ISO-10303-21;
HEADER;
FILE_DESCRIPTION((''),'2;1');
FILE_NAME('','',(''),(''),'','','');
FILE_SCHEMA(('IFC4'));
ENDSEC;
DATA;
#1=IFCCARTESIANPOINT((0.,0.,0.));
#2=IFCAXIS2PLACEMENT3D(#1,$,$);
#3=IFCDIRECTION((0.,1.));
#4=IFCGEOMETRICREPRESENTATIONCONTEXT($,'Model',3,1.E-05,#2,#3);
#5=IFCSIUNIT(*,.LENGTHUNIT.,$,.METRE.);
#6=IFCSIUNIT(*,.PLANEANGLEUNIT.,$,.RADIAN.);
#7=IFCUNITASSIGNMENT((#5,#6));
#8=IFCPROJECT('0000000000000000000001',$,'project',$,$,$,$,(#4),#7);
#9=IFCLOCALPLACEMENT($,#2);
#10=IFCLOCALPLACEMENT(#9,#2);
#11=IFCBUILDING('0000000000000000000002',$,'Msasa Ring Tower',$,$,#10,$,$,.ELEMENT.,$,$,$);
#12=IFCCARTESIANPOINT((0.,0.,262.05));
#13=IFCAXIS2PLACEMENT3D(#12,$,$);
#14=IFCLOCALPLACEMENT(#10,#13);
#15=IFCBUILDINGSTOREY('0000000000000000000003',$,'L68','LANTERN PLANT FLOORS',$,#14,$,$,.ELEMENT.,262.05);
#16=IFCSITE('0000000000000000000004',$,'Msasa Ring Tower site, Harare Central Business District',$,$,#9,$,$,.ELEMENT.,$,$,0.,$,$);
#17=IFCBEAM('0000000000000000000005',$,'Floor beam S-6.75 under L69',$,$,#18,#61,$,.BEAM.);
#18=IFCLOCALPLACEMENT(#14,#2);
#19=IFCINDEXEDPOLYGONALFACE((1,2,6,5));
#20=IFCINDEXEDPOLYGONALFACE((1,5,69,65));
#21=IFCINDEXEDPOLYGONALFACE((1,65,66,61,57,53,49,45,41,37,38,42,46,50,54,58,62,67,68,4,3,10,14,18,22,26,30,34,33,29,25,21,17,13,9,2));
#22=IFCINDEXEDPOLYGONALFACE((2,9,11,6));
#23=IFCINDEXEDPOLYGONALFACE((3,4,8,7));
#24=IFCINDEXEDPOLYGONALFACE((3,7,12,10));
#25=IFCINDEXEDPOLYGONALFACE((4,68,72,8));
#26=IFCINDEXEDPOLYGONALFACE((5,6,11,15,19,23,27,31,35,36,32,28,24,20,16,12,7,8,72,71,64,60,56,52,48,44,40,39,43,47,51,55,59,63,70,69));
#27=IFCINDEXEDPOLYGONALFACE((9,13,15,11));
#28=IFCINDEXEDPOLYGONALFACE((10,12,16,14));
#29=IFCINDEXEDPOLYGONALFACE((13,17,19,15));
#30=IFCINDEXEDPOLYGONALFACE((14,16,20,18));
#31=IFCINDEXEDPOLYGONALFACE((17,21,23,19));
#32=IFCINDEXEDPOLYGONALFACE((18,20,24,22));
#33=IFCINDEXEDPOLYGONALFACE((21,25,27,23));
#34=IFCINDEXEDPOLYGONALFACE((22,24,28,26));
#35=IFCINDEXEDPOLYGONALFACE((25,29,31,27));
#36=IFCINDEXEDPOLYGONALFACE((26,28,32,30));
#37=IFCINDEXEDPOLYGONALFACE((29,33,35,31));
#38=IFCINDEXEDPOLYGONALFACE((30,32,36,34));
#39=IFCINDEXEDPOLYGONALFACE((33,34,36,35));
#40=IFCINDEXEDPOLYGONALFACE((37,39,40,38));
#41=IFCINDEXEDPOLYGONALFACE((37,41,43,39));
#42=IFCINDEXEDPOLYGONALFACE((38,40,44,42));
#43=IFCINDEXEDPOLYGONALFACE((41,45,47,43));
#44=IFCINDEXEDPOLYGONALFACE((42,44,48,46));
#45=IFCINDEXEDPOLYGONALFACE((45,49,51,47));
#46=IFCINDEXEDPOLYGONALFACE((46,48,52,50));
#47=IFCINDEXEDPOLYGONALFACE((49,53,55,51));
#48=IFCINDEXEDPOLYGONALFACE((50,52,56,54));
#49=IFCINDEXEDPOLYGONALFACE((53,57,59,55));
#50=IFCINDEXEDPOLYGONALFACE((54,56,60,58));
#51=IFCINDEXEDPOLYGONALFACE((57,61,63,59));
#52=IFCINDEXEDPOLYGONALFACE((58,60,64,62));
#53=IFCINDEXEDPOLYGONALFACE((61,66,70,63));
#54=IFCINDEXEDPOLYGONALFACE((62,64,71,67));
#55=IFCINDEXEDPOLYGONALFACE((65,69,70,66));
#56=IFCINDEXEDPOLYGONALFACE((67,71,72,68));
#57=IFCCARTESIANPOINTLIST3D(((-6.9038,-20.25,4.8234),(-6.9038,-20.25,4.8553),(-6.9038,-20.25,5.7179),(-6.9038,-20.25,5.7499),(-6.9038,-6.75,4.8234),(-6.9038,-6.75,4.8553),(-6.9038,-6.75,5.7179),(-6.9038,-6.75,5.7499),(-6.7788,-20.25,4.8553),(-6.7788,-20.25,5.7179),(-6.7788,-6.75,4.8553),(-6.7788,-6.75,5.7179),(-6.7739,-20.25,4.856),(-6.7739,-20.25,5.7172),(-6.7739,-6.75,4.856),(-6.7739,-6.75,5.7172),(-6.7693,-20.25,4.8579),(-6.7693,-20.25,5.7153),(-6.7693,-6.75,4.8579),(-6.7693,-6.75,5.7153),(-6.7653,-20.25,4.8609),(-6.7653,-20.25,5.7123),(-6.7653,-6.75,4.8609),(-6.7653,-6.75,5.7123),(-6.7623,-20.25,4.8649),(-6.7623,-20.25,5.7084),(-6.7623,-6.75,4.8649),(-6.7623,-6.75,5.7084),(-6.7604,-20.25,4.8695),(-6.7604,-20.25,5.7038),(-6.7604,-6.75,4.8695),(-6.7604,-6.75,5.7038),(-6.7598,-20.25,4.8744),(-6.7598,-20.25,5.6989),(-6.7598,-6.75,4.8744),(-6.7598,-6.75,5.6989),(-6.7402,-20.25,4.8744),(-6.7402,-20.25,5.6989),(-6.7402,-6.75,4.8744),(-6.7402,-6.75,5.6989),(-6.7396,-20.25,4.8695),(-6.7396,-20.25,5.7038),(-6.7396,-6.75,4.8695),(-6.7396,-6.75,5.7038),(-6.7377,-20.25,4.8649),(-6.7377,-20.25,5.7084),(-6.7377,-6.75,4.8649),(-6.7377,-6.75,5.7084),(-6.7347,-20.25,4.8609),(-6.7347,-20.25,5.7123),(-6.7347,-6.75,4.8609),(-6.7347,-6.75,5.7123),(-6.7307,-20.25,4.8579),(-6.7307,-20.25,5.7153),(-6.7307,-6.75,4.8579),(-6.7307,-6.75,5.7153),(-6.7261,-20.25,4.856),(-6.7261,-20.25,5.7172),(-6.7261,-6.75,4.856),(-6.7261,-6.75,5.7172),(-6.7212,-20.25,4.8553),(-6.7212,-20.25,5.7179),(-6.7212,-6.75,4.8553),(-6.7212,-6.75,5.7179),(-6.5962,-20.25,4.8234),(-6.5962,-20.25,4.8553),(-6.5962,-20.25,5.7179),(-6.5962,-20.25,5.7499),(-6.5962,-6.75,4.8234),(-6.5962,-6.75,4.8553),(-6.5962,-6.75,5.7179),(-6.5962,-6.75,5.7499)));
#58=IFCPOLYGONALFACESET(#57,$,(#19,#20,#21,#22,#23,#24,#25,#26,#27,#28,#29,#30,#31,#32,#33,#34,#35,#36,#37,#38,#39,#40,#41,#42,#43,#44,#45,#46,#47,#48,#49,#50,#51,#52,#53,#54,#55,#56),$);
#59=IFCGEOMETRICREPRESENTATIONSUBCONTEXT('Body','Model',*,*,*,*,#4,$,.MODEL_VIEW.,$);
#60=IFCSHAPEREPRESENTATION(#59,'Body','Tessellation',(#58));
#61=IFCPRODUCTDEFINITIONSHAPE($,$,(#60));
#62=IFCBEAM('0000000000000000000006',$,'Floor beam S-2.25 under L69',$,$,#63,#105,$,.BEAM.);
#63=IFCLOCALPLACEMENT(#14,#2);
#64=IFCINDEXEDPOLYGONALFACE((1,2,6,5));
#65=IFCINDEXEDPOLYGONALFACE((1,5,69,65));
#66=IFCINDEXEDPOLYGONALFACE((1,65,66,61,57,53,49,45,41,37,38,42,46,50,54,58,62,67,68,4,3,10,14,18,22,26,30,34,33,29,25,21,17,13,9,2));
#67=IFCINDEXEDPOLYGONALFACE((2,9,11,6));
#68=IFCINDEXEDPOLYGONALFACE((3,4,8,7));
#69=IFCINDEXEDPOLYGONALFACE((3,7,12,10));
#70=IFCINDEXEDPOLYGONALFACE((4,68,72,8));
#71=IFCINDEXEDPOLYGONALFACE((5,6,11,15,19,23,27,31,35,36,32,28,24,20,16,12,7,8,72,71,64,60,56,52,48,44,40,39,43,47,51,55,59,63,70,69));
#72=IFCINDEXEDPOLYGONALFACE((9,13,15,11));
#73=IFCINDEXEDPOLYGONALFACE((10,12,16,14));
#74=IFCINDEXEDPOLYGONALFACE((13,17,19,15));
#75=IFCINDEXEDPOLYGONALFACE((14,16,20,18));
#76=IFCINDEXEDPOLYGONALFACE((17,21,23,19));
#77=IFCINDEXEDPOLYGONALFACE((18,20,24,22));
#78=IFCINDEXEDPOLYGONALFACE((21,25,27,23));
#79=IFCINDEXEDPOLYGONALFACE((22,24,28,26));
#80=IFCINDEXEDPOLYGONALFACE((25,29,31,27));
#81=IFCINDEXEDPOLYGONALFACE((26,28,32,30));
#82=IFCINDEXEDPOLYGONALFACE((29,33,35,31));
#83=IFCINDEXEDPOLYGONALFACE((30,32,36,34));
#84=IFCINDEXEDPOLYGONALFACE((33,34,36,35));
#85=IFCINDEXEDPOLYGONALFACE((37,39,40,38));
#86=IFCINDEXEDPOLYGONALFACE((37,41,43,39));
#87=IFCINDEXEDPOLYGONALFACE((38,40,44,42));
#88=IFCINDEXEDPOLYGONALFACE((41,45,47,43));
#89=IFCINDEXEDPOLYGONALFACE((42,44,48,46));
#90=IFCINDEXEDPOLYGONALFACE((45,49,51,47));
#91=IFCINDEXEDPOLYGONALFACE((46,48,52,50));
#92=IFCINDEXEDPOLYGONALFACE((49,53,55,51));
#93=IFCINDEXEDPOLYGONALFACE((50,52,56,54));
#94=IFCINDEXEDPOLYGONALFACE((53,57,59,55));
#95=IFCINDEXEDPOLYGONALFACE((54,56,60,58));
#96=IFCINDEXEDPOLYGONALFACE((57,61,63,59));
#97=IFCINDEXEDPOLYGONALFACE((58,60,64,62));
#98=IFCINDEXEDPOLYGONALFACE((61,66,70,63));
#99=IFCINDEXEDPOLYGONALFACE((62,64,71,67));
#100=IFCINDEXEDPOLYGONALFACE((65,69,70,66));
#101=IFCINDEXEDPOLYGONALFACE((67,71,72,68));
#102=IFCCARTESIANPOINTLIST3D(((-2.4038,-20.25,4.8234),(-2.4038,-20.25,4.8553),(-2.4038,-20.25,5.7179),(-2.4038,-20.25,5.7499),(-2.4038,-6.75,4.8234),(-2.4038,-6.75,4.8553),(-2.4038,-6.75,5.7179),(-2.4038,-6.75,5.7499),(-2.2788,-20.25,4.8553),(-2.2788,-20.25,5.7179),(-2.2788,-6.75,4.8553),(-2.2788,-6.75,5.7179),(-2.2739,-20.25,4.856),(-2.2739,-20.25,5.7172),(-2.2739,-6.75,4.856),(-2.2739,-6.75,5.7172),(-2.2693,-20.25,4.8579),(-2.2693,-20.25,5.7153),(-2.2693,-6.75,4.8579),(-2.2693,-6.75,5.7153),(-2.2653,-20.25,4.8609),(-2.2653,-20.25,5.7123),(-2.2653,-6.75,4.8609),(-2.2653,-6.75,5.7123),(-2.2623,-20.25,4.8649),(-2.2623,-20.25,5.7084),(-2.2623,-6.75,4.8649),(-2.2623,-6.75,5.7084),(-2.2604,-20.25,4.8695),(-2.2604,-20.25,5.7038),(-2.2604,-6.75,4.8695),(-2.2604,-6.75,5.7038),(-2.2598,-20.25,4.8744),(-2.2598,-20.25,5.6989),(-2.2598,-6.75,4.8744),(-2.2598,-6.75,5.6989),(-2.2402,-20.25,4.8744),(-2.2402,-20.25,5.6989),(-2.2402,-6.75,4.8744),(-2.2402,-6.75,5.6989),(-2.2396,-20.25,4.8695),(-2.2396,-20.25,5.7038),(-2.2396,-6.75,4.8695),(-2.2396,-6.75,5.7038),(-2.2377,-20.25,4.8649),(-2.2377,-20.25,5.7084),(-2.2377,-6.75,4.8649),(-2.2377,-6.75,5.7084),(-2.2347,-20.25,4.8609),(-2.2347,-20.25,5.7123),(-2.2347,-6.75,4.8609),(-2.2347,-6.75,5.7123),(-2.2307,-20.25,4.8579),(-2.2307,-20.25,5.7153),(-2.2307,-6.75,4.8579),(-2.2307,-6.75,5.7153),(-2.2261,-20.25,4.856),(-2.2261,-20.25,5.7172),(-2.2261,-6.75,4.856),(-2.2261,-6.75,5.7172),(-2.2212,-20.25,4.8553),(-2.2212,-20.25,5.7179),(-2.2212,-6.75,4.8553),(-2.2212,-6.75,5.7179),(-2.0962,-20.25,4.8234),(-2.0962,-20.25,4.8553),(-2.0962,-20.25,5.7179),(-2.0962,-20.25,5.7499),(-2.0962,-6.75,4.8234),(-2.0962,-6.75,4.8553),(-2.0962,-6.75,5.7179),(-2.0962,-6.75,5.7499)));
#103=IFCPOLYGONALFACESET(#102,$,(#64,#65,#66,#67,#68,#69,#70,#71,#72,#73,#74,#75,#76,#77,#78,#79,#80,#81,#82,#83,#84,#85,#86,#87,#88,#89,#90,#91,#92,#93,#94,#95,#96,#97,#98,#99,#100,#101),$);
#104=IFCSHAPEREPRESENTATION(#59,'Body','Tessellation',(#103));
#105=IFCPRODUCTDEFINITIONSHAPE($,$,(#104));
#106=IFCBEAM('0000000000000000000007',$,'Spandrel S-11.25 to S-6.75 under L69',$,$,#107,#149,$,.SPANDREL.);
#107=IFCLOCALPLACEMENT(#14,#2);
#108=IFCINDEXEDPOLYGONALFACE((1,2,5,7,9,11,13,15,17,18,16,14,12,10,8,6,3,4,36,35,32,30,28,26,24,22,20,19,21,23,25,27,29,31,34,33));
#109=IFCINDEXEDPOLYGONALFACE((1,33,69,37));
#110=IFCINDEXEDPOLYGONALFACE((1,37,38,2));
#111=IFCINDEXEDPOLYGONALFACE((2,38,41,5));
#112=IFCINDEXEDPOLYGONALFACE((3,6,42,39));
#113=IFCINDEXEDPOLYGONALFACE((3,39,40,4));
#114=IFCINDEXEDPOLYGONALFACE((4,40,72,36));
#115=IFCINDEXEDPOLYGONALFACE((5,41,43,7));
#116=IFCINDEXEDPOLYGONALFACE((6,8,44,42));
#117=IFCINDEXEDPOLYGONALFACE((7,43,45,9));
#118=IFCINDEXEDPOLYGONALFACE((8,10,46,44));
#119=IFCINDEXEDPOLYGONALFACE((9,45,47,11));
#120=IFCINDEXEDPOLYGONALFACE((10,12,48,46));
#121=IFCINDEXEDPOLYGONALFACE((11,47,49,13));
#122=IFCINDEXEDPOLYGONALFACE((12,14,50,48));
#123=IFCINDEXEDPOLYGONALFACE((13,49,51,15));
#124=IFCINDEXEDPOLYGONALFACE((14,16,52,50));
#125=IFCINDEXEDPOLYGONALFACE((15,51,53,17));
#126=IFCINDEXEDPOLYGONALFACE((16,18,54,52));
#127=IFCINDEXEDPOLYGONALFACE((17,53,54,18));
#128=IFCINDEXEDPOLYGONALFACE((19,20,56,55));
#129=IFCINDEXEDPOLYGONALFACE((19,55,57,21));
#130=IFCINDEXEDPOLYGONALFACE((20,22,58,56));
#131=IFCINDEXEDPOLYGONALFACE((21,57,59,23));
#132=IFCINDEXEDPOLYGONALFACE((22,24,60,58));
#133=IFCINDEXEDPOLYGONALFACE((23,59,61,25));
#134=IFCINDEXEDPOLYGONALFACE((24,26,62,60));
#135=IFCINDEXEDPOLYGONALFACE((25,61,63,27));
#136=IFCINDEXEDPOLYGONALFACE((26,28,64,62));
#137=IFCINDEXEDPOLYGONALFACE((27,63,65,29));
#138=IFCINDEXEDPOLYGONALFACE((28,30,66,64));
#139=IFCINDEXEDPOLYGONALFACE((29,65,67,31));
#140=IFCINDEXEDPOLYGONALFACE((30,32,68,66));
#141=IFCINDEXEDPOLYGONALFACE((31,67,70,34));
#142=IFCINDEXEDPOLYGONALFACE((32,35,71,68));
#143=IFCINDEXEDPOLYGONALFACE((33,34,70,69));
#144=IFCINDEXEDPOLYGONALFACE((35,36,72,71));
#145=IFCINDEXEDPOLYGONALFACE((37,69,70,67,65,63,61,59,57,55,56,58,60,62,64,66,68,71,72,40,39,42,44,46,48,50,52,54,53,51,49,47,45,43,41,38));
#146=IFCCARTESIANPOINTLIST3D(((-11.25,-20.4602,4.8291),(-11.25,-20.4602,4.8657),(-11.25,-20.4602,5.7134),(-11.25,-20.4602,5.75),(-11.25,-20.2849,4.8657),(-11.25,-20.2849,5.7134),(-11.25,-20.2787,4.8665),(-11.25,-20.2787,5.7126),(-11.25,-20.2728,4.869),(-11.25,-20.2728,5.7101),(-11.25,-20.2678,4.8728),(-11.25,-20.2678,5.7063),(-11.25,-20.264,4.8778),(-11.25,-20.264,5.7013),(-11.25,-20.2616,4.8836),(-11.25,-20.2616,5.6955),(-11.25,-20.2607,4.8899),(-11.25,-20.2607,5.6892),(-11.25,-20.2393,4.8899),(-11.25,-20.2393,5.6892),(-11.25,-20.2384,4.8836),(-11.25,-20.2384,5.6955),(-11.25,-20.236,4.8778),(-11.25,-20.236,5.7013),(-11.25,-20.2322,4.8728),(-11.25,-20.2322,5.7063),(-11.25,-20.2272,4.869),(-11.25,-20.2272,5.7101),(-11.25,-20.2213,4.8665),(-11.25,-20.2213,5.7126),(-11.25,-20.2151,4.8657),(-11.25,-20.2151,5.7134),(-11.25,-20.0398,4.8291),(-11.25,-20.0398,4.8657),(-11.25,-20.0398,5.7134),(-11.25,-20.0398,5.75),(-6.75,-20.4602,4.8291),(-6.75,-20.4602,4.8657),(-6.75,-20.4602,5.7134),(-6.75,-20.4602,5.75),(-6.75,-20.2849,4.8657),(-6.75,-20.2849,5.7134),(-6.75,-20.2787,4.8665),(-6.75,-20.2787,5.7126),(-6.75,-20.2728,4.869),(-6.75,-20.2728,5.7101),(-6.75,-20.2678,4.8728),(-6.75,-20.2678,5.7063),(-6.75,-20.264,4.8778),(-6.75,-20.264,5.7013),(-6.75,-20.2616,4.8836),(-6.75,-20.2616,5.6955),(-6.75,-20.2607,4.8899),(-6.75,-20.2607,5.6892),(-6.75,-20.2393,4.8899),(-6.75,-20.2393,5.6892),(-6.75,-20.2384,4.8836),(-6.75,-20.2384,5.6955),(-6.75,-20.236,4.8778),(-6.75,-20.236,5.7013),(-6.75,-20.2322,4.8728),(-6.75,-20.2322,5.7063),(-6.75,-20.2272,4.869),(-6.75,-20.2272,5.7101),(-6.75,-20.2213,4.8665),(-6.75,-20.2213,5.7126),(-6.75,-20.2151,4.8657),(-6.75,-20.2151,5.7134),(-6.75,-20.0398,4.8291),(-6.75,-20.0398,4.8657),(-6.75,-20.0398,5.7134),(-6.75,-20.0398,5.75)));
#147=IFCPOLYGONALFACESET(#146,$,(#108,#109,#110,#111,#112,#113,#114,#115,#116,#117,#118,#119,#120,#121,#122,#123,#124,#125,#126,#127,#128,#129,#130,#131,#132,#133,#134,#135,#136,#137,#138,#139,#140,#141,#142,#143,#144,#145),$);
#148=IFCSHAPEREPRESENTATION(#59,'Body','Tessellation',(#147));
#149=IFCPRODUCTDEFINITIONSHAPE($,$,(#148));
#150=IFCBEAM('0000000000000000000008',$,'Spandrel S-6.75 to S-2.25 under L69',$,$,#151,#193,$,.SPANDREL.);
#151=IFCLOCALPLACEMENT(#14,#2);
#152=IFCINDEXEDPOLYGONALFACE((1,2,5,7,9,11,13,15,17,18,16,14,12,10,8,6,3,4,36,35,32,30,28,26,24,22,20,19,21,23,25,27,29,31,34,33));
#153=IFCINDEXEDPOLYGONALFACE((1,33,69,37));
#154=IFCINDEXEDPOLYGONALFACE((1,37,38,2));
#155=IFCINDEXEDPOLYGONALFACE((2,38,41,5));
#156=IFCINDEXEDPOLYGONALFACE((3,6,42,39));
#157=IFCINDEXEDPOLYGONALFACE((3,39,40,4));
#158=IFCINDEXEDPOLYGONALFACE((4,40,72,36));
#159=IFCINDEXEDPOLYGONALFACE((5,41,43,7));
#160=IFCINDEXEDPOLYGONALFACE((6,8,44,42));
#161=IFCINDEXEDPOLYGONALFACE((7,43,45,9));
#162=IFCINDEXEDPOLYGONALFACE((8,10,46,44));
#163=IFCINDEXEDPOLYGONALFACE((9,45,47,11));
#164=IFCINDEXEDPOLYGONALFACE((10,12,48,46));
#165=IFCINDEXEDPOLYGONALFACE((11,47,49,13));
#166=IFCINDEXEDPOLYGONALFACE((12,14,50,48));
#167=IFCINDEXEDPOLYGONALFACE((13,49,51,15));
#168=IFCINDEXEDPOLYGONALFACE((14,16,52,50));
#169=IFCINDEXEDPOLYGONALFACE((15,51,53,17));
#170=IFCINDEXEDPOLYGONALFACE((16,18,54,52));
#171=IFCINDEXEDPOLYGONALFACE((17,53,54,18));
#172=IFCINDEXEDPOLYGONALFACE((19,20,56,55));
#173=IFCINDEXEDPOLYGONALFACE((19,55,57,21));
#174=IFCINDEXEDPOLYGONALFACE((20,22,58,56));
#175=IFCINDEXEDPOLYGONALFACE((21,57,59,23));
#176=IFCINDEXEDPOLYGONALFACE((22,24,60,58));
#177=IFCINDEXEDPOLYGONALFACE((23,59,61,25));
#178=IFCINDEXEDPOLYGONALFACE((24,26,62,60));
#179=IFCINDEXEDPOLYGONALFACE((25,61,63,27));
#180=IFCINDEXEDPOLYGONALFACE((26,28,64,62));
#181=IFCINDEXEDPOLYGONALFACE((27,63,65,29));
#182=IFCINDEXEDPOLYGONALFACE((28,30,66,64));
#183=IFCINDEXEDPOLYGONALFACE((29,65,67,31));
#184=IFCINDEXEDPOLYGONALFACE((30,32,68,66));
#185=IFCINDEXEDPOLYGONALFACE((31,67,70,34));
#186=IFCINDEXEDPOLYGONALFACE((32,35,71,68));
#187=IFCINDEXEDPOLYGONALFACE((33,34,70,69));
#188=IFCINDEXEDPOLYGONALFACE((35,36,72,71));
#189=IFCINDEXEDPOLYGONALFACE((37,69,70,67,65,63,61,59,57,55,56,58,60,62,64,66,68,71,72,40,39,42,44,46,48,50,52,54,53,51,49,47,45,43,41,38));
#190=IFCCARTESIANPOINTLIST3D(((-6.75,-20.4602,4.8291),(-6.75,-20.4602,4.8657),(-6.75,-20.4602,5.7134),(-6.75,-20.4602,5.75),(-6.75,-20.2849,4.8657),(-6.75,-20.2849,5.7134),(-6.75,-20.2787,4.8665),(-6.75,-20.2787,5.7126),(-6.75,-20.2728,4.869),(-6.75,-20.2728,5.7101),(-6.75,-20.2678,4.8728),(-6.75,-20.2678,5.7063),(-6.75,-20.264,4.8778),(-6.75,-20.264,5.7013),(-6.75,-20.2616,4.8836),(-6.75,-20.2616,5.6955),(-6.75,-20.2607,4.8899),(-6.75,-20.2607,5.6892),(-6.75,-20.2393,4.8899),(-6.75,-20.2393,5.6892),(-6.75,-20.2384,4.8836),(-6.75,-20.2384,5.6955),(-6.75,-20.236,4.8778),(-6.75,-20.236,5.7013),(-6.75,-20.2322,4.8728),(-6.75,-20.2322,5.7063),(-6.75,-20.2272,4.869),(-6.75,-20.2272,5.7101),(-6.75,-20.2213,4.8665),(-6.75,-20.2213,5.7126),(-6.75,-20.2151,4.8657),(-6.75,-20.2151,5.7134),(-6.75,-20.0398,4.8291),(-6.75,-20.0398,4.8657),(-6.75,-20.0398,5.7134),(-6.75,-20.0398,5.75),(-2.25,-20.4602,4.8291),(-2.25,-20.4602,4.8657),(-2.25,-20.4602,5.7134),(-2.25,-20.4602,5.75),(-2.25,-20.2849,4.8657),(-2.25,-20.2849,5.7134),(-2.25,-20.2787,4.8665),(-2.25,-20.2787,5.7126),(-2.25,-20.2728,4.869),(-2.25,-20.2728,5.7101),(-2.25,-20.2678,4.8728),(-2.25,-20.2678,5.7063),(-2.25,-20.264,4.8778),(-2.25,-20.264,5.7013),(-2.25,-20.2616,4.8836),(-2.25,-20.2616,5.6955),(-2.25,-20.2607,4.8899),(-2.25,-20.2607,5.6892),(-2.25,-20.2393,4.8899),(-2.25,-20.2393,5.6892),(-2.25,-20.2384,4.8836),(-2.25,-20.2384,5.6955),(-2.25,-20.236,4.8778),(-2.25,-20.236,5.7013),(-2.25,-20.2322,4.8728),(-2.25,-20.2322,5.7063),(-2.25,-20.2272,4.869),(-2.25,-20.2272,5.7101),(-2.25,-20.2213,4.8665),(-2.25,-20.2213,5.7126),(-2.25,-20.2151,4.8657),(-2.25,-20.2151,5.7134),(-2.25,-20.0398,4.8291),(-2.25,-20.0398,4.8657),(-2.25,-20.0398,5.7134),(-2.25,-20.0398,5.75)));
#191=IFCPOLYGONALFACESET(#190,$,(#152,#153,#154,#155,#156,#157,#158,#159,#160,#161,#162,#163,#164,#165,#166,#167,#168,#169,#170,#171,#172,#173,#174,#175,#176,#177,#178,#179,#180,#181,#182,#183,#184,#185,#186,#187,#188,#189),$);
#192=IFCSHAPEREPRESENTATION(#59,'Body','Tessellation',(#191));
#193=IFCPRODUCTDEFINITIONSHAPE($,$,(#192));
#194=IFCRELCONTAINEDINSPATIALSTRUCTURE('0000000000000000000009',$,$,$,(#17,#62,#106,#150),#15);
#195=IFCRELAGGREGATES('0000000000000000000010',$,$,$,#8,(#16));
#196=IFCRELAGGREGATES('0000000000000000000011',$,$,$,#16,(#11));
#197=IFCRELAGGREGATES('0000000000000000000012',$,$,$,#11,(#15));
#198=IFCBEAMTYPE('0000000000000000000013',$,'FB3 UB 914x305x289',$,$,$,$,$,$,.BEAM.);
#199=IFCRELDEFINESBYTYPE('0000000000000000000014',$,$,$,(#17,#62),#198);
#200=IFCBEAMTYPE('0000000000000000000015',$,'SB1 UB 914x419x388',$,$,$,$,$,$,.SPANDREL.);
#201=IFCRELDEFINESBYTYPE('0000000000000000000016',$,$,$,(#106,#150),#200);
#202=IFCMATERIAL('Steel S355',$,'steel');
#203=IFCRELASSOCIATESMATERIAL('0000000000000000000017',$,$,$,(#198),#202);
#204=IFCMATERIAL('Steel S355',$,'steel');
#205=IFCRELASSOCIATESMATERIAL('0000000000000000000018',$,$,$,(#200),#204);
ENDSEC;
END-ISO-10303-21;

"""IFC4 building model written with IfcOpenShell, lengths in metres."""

from ifc_helpers import new_model, si_unit, direction, frame, origin, origin_2d, place, context, subcontext, project, spatial, i_section, extrude, material, material_profile, profile_set, type_object, element, save


model = new_model("IFC4")

# Units and contexts
model_context = context("Model", 3, precision=1e-05, world=origin(), true_north=direction((0.0, 1.0)))
body_context = subcontext(model_context, "Body", "Model", "MODEL_VIEW")
ifc_project = project(units=[si_unit("LENGTHUNIT", "METRE"), si_unit("PLANEANGLEUNIT", "RADIAN")], contexts=[model_context])

# Site, building, storey
site_placement = place(None, origin())
site = spatial("IfcSite", under=ifc_project, at=site_placement, Name="Msasa Ring Tower site, Harare Central Business District", CompositionType="ELEMENT", RefElevation=0.0)
building_placement = place(site_placement, origin())
building = spatial("IfcBuilding", under=site, at=building_placement, Name="Msasa Ring Tower", CompositionType="ELEMENT")
storey_placement = place(building_placement, frame((0.0, 0.0, 262.05)))
storey = spatial("IfcBuildingStorey", under=building, at=storey_placement, Name="L68", Description="LANTERN PLANT FLOORS", CompositionType="ELEMENT", Elevation=262.05)

# Beams
ifc_material_1 = material(Name="Steel S355", Category="steel")
ifc_material_profile_1 = material_profile(ifc_material_1, i_section(OverallWidth=0.3076, OverallDepth=0.9265, WebThickness=0.0195, FlangeThickness=0.032, FilletRadius=0.019, at=origin_2d()), Name="UB 914x305x289")
ifc_profile_set_1 = profile_set([ifc_material_profile_1], Name="Steel S355")
beam_type_1 = type_object("IfcBeamType", Name="FB3 UB 914x305x289", PredefinedType="BEAM", material=ifc_profile_set_1)
for number, where, z_axis, x_axis, name in (
    (1, (-6.75, -20.25, 5.2866), (0.0, 1.0, 0.0), (-1.0, 0.0, 0.0), "Floor beam S-6.75 under L69"),
    (2, (-2.25, -20.25, 5.2866), (0.0, 1.0, 0.0), (-1.0, 0.0, 0.0), "Floor beam S-2.25 under L69"),
):
    element("IfcBeam", number, at=place(storey_placement, frame(where, z_axis=z_axis, x_axis=x_axis)), inside=storey, type_object=beam_type_1, Name=name, PredefinedType="BEAM", context=body_context, shape_type="SweptSolid", body=[
        extrude(i_section(OverallWidth=0.3076, OverallDepth=0.9265, WebThickness=0.0195, FlangeThickness=0.032, FilletRadius=0.019, at=origin_2d()), origin(), (0.0, 0.0, 1.0), 13.5),
    ])
ifc_material_2 = material(Name="Steel S355", Category="steel")
ifc_material_profile_2 = material_profile(ifc_material_2, i_section(OverallWidth=0.4204, OverallDepth=0.9209, WebThickness=0.0215, FlangeThickness=0.0366, FilletRadius=0.0242, at=origin_2d()), Name="UB 914x419x388")
ifc_profile_set_2 = profile_set([ifc_material_profile_2], Name="Steel S355")
beam_type_2 = type_object("IfcBeamType", Name="SB1 UB 914x419x388", PredefinedType="SPANDREL", material=ifc_profile_set_2)
for number, where, z_axis, x_axis, name in (
    (3, (-11.25, -20.25, 5.2896), (1.0, 0.0, 0.0), (0.0, 1.0, 0.0), "Spandrel S-11.25 to S-6.75 under L69"),
    (4, (-6.75, -20.25, 5.2896), (1.0, 0.0, 0.0), (0.0, 1.0, 0.0), "Spandrel S-6.75 to S-2.25 under L69"),
):
    element("IfcBeam", number, at=place(storey_placement, frame(where, z_axis=z_axis, x_axis=x_axis)), inside=storey, type_object=beam_type_2, Name=name, PredefinedType="SPANDREL", context=body_context, shape_type="SweptSolid", body=[
        extrude(i_section(OverallWidth=0.4204, OverallDepth=0.9209, WebThickness=0.0215, FlangeThickness=0.0366, FilletRadius=0.0242, at=origin_2d()), origin(), (0.0, 0.0, 1.0), 4.5),
    ])

save(model, "model.ifc")
